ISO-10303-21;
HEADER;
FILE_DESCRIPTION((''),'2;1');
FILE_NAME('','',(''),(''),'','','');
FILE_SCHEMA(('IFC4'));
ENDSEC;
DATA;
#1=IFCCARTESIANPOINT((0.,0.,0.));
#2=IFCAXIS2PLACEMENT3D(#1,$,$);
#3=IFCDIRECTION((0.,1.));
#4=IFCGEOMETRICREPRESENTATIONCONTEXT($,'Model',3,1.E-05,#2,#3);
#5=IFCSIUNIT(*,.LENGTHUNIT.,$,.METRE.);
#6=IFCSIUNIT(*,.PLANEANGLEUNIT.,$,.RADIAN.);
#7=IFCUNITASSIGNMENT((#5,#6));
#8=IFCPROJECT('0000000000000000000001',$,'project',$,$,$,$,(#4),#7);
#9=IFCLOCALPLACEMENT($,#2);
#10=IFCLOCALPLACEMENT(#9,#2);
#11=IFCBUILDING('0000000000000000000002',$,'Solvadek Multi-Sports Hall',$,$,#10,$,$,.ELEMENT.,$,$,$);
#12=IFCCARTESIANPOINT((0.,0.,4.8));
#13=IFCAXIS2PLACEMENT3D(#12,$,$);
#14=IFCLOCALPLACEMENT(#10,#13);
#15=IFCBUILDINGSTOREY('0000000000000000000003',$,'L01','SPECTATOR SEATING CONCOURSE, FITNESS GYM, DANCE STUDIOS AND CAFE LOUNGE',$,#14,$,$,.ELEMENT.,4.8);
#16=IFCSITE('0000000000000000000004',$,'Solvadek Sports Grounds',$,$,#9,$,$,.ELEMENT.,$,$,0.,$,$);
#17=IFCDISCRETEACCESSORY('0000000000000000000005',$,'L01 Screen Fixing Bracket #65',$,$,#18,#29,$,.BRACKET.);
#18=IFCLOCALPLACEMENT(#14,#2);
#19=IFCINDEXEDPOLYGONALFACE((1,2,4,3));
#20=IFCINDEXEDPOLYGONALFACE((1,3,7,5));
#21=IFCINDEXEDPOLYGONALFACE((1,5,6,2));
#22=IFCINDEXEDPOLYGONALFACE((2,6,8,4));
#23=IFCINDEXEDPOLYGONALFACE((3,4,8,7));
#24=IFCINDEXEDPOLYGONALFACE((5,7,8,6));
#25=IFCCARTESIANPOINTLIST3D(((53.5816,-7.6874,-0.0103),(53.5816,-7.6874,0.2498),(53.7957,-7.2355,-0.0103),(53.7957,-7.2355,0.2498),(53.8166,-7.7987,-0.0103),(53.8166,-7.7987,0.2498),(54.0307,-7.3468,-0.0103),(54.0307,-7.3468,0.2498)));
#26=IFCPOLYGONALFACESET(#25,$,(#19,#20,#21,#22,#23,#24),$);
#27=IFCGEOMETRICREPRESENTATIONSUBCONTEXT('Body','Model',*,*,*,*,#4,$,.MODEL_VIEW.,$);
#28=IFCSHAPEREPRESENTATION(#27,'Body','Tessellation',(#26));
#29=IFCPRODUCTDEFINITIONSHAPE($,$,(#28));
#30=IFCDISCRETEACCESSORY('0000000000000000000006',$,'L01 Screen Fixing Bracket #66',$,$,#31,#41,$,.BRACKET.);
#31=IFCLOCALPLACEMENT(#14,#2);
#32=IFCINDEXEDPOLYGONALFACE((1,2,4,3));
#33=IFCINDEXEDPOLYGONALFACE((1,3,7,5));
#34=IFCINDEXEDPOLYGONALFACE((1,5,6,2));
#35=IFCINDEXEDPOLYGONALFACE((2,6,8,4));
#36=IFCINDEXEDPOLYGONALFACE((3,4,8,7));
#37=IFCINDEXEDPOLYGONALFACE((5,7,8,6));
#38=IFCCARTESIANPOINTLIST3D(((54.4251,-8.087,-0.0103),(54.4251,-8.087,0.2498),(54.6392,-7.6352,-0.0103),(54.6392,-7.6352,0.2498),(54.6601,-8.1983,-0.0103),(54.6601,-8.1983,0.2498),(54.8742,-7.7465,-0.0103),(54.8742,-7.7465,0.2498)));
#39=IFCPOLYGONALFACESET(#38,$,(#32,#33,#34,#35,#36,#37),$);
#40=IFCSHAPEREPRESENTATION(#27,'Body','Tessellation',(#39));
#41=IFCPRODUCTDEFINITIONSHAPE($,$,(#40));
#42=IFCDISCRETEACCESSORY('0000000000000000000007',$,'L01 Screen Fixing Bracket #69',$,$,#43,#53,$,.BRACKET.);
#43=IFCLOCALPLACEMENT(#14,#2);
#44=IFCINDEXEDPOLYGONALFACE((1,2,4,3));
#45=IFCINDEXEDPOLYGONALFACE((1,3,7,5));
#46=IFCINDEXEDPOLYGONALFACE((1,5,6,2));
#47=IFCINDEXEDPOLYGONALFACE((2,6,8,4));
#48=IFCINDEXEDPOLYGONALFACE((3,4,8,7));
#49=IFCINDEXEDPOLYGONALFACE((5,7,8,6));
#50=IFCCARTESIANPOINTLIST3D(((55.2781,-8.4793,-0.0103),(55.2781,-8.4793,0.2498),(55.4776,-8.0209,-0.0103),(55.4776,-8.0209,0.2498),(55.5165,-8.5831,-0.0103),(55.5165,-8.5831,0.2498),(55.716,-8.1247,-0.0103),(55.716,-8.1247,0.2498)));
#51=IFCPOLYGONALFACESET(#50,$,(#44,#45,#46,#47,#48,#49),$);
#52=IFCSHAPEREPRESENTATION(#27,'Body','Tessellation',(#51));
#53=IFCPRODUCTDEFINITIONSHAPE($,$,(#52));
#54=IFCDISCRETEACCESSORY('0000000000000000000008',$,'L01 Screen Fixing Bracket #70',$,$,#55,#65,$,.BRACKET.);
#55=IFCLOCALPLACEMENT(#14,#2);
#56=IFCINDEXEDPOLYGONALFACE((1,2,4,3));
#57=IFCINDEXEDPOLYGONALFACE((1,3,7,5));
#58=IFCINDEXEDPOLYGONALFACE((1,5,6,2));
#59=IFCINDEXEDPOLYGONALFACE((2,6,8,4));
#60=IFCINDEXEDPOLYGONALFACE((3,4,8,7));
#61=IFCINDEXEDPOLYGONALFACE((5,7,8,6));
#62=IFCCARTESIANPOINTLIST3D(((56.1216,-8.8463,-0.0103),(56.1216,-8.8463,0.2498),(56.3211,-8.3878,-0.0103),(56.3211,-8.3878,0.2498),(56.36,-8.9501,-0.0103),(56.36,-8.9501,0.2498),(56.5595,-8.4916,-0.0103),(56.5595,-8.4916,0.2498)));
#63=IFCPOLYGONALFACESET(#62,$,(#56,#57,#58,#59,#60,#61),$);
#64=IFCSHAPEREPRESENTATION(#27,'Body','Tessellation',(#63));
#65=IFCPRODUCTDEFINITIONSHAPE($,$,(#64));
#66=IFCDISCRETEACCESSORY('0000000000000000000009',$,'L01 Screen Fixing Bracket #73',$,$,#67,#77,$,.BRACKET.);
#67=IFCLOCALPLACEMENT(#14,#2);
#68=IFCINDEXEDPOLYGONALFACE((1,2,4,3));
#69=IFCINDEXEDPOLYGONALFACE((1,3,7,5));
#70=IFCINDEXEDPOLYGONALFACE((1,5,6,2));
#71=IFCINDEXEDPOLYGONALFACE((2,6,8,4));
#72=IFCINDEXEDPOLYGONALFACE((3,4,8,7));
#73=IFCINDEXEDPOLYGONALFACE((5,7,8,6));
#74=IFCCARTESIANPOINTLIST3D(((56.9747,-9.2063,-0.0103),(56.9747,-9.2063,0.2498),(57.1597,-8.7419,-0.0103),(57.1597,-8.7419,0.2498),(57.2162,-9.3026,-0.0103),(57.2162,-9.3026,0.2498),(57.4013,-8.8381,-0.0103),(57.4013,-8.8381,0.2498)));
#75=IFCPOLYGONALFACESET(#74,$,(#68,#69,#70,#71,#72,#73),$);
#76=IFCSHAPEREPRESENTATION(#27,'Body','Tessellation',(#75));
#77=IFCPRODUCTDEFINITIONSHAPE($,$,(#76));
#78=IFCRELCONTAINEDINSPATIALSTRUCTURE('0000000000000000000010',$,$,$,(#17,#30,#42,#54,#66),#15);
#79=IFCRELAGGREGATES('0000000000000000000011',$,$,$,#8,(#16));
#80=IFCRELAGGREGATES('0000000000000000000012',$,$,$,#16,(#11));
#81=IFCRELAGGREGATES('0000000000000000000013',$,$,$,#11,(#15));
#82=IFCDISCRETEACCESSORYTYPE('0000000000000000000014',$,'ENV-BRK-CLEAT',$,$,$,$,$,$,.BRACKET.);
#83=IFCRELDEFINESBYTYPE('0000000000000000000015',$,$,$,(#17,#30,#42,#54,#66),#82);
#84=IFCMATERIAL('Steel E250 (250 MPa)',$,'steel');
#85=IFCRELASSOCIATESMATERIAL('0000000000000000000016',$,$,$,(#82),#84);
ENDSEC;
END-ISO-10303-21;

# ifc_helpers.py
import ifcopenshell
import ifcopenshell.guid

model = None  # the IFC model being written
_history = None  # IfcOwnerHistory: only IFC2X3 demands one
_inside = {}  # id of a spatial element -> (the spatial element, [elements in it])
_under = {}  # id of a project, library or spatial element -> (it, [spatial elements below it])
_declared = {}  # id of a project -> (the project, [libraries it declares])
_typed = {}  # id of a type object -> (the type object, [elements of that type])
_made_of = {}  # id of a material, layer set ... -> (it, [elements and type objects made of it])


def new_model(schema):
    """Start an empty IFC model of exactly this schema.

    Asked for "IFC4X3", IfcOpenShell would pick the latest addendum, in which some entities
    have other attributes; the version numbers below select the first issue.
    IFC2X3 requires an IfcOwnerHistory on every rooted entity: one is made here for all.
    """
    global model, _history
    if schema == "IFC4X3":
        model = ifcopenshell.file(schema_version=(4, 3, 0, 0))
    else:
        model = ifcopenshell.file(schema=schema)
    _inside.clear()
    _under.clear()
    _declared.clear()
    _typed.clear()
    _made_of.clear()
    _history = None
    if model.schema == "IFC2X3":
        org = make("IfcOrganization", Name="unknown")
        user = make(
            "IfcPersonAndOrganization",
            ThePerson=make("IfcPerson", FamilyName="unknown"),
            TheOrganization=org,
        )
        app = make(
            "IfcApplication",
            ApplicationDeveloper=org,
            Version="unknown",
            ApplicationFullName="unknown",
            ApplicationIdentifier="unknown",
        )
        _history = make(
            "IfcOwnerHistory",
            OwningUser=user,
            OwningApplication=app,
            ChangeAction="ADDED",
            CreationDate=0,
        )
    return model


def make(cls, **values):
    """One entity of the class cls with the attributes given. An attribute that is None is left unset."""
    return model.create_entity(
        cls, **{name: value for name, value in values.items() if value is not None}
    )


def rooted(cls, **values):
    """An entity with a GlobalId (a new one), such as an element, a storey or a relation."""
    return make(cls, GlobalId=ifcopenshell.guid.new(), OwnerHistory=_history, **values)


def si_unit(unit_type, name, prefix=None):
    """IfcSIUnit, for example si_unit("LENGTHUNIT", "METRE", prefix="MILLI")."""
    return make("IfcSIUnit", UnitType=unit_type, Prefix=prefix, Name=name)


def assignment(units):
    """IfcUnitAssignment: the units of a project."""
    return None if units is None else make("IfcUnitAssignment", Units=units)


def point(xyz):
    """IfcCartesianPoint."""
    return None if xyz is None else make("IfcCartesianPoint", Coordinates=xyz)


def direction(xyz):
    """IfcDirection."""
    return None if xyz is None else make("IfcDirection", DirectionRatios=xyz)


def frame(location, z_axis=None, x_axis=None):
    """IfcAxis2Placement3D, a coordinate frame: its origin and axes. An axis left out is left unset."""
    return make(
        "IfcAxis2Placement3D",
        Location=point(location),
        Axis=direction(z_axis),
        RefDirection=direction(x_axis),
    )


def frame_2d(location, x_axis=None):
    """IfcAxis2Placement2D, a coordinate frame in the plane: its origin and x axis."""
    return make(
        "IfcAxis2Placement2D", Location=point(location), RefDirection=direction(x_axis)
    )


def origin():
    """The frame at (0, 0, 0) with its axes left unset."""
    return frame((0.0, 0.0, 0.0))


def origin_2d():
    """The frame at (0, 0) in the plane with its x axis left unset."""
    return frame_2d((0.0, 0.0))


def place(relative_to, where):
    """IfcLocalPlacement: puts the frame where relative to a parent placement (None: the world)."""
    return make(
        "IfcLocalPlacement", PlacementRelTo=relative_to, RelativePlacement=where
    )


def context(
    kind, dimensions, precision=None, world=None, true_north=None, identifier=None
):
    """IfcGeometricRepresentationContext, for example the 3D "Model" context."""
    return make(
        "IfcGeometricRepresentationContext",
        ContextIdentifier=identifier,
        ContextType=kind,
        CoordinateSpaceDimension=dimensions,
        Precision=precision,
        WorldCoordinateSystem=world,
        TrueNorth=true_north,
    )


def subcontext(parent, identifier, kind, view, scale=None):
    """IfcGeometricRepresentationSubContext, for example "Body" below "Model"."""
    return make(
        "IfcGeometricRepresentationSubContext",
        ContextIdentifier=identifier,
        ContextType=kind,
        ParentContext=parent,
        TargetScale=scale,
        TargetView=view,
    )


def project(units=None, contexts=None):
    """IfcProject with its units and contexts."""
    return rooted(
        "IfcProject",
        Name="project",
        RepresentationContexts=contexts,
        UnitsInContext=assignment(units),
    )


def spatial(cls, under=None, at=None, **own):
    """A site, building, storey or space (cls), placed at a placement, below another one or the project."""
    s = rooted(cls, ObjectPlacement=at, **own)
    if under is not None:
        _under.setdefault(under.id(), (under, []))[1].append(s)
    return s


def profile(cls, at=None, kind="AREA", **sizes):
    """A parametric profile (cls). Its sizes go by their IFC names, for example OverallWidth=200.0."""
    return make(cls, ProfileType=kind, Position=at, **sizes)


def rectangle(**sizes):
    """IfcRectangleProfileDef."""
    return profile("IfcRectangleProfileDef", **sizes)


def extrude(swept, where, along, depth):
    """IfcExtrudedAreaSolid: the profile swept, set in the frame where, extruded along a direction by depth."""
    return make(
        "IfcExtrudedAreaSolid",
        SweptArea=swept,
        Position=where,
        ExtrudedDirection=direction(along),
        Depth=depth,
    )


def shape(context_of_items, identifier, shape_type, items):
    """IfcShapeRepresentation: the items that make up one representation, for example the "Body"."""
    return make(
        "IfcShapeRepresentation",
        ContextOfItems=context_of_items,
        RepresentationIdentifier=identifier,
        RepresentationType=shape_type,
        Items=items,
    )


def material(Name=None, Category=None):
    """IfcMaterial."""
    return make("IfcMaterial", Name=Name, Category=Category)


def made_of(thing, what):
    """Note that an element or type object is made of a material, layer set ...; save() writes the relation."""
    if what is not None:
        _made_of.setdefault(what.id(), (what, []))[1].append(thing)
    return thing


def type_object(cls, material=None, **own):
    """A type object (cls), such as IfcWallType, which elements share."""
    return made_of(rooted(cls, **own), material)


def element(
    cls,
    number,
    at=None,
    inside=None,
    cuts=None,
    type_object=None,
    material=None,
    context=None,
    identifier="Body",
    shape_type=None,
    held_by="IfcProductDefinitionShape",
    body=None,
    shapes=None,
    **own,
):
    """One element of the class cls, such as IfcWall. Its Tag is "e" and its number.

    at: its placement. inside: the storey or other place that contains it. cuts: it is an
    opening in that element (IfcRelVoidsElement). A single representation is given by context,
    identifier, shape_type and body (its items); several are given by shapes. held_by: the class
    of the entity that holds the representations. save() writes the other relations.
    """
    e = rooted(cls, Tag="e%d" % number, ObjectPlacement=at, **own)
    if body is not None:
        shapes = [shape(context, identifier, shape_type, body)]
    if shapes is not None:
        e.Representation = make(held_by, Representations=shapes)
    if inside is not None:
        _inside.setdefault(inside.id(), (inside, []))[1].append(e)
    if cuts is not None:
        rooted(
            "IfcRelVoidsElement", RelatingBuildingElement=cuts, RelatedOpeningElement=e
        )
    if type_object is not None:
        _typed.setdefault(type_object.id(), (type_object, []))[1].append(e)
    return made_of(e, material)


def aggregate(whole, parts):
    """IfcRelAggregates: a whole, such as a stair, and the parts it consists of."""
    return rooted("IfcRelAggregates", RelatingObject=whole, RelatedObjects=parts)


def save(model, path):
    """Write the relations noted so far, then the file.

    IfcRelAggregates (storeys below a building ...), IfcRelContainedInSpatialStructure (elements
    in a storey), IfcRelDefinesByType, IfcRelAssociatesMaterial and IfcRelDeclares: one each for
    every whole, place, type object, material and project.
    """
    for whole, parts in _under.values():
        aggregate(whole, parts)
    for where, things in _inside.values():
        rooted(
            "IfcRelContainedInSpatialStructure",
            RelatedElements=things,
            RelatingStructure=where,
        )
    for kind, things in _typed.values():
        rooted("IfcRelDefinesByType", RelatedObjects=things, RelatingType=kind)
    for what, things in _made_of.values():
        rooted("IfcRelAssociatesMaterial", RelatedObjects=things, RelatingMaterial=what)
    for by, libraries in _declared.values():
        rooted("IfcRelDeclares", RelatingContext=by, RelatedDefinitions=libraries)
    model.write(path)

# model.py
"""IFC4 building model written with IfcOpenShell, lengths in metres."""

from ifc_helpers import new_model, si_unit, direction, frame, origin, origin_2d, place, context, subcontext, project, spatial, rectangle, extrude, material, type_object, element, save


model = new_model("IFC4")

# Units and contexts
model_context = context("Model", 3, precision=1e-05, world=origin(), true_north=direction((0.0, 1.0)))
body_context = subcontext(model_context, "Body", "Model", "MODEL_VIEW")
ifc_project = project(units=[si_unit("LENGTHUNIT", "METRE"), si_unit("PLANEANGLEUNIT", "RADIAN")], contexts=[model_context])

# Site, building, storey
site_placement = place(None, origin())
site = spatial("IfcSite", under=ifc_project, at=site_placement, Name="Solvadek Sports Grounds", CompositionType="ELEMENT", RefElevation=0.0)
building_placement = place(site_placement, origin())
building = spatial("IfcBuilding", under=site, at=building_placement, Name="Solvadek Multi-Sports Hall", CompositionType="ELEMENT")
storey_placement = place(building_placement, frame((0.0, 0.0, 4.8)))
storey = spatial("IfcBuildingStorey", under=building, at=storey_placement, Name="L01", Description="SPECTATOR SEATING CONCOURSE, FITNESS GYM, DANCE STUDIOS AND CAFE LOUNGE", CompositionType="ELEMENT", Elevation=4.8)

# Shared definitions
ifc_material_1 = material(Name="Steel E250 (250 MPa)", Category="steel")

# Discrete accessories
discrete_accessory_type = type_object("IfcDiscreteAccessoryType", Name="ENV-BRK-CLEAT", PredefinedType="BRACKET", material=ifc_material_1)
for number, where, z_axis, x_axis, name in (
    (1, (53.8062, -7.5171, -0.0103), (0.0, 0.0, 1.0), (0.903719, -0.428125, 0.0), "L01 Screen Fixing Bracket #65"),
    (2, (54.6497, -7.9167, -0.0103), (0.0, 0.0, 1.0), (0.903719, -0.428125, 0.0), "L01 Screen Fixing Bracket #66"),
    (3, (55.4971, -8.302, -0.0103), (0.0, 0.0, 1.0), (0.916918, -0.399076, 0.0), "L01 Screen Fixing Bracket #69"),
    (4, (56.3406, -8.6689, -0.0103), (0.0, 0.0, 1.0), (0.916918, -0.399076, 0.0), "L01 Screen Fixing Bracket #70"),
    (5, (57.188, -9.0222, -0.0103), (0.0, 0.0, 1.0), (0.928981, -0.370128, 0.0), "L01 Screen Fixing Bracket #73"),
):
    element("IfcDiscreteAccessory", number, at=place(storey_placement, frame(where, z_axis=z_axis, x_axis=x_axis)), inside=storey, type_object=discrete_accessory_type, Name=name, PredefinedType="BRACKET", context=body_context, shape_type="SweptSolid", body=[
        extrude(rectangle(XDim=0.26, YDim=0.5, at=origin_2d()), origin(), (0.0, 0.0, 1.0), 0.26),
    ])

save(model, "model.ifc")
